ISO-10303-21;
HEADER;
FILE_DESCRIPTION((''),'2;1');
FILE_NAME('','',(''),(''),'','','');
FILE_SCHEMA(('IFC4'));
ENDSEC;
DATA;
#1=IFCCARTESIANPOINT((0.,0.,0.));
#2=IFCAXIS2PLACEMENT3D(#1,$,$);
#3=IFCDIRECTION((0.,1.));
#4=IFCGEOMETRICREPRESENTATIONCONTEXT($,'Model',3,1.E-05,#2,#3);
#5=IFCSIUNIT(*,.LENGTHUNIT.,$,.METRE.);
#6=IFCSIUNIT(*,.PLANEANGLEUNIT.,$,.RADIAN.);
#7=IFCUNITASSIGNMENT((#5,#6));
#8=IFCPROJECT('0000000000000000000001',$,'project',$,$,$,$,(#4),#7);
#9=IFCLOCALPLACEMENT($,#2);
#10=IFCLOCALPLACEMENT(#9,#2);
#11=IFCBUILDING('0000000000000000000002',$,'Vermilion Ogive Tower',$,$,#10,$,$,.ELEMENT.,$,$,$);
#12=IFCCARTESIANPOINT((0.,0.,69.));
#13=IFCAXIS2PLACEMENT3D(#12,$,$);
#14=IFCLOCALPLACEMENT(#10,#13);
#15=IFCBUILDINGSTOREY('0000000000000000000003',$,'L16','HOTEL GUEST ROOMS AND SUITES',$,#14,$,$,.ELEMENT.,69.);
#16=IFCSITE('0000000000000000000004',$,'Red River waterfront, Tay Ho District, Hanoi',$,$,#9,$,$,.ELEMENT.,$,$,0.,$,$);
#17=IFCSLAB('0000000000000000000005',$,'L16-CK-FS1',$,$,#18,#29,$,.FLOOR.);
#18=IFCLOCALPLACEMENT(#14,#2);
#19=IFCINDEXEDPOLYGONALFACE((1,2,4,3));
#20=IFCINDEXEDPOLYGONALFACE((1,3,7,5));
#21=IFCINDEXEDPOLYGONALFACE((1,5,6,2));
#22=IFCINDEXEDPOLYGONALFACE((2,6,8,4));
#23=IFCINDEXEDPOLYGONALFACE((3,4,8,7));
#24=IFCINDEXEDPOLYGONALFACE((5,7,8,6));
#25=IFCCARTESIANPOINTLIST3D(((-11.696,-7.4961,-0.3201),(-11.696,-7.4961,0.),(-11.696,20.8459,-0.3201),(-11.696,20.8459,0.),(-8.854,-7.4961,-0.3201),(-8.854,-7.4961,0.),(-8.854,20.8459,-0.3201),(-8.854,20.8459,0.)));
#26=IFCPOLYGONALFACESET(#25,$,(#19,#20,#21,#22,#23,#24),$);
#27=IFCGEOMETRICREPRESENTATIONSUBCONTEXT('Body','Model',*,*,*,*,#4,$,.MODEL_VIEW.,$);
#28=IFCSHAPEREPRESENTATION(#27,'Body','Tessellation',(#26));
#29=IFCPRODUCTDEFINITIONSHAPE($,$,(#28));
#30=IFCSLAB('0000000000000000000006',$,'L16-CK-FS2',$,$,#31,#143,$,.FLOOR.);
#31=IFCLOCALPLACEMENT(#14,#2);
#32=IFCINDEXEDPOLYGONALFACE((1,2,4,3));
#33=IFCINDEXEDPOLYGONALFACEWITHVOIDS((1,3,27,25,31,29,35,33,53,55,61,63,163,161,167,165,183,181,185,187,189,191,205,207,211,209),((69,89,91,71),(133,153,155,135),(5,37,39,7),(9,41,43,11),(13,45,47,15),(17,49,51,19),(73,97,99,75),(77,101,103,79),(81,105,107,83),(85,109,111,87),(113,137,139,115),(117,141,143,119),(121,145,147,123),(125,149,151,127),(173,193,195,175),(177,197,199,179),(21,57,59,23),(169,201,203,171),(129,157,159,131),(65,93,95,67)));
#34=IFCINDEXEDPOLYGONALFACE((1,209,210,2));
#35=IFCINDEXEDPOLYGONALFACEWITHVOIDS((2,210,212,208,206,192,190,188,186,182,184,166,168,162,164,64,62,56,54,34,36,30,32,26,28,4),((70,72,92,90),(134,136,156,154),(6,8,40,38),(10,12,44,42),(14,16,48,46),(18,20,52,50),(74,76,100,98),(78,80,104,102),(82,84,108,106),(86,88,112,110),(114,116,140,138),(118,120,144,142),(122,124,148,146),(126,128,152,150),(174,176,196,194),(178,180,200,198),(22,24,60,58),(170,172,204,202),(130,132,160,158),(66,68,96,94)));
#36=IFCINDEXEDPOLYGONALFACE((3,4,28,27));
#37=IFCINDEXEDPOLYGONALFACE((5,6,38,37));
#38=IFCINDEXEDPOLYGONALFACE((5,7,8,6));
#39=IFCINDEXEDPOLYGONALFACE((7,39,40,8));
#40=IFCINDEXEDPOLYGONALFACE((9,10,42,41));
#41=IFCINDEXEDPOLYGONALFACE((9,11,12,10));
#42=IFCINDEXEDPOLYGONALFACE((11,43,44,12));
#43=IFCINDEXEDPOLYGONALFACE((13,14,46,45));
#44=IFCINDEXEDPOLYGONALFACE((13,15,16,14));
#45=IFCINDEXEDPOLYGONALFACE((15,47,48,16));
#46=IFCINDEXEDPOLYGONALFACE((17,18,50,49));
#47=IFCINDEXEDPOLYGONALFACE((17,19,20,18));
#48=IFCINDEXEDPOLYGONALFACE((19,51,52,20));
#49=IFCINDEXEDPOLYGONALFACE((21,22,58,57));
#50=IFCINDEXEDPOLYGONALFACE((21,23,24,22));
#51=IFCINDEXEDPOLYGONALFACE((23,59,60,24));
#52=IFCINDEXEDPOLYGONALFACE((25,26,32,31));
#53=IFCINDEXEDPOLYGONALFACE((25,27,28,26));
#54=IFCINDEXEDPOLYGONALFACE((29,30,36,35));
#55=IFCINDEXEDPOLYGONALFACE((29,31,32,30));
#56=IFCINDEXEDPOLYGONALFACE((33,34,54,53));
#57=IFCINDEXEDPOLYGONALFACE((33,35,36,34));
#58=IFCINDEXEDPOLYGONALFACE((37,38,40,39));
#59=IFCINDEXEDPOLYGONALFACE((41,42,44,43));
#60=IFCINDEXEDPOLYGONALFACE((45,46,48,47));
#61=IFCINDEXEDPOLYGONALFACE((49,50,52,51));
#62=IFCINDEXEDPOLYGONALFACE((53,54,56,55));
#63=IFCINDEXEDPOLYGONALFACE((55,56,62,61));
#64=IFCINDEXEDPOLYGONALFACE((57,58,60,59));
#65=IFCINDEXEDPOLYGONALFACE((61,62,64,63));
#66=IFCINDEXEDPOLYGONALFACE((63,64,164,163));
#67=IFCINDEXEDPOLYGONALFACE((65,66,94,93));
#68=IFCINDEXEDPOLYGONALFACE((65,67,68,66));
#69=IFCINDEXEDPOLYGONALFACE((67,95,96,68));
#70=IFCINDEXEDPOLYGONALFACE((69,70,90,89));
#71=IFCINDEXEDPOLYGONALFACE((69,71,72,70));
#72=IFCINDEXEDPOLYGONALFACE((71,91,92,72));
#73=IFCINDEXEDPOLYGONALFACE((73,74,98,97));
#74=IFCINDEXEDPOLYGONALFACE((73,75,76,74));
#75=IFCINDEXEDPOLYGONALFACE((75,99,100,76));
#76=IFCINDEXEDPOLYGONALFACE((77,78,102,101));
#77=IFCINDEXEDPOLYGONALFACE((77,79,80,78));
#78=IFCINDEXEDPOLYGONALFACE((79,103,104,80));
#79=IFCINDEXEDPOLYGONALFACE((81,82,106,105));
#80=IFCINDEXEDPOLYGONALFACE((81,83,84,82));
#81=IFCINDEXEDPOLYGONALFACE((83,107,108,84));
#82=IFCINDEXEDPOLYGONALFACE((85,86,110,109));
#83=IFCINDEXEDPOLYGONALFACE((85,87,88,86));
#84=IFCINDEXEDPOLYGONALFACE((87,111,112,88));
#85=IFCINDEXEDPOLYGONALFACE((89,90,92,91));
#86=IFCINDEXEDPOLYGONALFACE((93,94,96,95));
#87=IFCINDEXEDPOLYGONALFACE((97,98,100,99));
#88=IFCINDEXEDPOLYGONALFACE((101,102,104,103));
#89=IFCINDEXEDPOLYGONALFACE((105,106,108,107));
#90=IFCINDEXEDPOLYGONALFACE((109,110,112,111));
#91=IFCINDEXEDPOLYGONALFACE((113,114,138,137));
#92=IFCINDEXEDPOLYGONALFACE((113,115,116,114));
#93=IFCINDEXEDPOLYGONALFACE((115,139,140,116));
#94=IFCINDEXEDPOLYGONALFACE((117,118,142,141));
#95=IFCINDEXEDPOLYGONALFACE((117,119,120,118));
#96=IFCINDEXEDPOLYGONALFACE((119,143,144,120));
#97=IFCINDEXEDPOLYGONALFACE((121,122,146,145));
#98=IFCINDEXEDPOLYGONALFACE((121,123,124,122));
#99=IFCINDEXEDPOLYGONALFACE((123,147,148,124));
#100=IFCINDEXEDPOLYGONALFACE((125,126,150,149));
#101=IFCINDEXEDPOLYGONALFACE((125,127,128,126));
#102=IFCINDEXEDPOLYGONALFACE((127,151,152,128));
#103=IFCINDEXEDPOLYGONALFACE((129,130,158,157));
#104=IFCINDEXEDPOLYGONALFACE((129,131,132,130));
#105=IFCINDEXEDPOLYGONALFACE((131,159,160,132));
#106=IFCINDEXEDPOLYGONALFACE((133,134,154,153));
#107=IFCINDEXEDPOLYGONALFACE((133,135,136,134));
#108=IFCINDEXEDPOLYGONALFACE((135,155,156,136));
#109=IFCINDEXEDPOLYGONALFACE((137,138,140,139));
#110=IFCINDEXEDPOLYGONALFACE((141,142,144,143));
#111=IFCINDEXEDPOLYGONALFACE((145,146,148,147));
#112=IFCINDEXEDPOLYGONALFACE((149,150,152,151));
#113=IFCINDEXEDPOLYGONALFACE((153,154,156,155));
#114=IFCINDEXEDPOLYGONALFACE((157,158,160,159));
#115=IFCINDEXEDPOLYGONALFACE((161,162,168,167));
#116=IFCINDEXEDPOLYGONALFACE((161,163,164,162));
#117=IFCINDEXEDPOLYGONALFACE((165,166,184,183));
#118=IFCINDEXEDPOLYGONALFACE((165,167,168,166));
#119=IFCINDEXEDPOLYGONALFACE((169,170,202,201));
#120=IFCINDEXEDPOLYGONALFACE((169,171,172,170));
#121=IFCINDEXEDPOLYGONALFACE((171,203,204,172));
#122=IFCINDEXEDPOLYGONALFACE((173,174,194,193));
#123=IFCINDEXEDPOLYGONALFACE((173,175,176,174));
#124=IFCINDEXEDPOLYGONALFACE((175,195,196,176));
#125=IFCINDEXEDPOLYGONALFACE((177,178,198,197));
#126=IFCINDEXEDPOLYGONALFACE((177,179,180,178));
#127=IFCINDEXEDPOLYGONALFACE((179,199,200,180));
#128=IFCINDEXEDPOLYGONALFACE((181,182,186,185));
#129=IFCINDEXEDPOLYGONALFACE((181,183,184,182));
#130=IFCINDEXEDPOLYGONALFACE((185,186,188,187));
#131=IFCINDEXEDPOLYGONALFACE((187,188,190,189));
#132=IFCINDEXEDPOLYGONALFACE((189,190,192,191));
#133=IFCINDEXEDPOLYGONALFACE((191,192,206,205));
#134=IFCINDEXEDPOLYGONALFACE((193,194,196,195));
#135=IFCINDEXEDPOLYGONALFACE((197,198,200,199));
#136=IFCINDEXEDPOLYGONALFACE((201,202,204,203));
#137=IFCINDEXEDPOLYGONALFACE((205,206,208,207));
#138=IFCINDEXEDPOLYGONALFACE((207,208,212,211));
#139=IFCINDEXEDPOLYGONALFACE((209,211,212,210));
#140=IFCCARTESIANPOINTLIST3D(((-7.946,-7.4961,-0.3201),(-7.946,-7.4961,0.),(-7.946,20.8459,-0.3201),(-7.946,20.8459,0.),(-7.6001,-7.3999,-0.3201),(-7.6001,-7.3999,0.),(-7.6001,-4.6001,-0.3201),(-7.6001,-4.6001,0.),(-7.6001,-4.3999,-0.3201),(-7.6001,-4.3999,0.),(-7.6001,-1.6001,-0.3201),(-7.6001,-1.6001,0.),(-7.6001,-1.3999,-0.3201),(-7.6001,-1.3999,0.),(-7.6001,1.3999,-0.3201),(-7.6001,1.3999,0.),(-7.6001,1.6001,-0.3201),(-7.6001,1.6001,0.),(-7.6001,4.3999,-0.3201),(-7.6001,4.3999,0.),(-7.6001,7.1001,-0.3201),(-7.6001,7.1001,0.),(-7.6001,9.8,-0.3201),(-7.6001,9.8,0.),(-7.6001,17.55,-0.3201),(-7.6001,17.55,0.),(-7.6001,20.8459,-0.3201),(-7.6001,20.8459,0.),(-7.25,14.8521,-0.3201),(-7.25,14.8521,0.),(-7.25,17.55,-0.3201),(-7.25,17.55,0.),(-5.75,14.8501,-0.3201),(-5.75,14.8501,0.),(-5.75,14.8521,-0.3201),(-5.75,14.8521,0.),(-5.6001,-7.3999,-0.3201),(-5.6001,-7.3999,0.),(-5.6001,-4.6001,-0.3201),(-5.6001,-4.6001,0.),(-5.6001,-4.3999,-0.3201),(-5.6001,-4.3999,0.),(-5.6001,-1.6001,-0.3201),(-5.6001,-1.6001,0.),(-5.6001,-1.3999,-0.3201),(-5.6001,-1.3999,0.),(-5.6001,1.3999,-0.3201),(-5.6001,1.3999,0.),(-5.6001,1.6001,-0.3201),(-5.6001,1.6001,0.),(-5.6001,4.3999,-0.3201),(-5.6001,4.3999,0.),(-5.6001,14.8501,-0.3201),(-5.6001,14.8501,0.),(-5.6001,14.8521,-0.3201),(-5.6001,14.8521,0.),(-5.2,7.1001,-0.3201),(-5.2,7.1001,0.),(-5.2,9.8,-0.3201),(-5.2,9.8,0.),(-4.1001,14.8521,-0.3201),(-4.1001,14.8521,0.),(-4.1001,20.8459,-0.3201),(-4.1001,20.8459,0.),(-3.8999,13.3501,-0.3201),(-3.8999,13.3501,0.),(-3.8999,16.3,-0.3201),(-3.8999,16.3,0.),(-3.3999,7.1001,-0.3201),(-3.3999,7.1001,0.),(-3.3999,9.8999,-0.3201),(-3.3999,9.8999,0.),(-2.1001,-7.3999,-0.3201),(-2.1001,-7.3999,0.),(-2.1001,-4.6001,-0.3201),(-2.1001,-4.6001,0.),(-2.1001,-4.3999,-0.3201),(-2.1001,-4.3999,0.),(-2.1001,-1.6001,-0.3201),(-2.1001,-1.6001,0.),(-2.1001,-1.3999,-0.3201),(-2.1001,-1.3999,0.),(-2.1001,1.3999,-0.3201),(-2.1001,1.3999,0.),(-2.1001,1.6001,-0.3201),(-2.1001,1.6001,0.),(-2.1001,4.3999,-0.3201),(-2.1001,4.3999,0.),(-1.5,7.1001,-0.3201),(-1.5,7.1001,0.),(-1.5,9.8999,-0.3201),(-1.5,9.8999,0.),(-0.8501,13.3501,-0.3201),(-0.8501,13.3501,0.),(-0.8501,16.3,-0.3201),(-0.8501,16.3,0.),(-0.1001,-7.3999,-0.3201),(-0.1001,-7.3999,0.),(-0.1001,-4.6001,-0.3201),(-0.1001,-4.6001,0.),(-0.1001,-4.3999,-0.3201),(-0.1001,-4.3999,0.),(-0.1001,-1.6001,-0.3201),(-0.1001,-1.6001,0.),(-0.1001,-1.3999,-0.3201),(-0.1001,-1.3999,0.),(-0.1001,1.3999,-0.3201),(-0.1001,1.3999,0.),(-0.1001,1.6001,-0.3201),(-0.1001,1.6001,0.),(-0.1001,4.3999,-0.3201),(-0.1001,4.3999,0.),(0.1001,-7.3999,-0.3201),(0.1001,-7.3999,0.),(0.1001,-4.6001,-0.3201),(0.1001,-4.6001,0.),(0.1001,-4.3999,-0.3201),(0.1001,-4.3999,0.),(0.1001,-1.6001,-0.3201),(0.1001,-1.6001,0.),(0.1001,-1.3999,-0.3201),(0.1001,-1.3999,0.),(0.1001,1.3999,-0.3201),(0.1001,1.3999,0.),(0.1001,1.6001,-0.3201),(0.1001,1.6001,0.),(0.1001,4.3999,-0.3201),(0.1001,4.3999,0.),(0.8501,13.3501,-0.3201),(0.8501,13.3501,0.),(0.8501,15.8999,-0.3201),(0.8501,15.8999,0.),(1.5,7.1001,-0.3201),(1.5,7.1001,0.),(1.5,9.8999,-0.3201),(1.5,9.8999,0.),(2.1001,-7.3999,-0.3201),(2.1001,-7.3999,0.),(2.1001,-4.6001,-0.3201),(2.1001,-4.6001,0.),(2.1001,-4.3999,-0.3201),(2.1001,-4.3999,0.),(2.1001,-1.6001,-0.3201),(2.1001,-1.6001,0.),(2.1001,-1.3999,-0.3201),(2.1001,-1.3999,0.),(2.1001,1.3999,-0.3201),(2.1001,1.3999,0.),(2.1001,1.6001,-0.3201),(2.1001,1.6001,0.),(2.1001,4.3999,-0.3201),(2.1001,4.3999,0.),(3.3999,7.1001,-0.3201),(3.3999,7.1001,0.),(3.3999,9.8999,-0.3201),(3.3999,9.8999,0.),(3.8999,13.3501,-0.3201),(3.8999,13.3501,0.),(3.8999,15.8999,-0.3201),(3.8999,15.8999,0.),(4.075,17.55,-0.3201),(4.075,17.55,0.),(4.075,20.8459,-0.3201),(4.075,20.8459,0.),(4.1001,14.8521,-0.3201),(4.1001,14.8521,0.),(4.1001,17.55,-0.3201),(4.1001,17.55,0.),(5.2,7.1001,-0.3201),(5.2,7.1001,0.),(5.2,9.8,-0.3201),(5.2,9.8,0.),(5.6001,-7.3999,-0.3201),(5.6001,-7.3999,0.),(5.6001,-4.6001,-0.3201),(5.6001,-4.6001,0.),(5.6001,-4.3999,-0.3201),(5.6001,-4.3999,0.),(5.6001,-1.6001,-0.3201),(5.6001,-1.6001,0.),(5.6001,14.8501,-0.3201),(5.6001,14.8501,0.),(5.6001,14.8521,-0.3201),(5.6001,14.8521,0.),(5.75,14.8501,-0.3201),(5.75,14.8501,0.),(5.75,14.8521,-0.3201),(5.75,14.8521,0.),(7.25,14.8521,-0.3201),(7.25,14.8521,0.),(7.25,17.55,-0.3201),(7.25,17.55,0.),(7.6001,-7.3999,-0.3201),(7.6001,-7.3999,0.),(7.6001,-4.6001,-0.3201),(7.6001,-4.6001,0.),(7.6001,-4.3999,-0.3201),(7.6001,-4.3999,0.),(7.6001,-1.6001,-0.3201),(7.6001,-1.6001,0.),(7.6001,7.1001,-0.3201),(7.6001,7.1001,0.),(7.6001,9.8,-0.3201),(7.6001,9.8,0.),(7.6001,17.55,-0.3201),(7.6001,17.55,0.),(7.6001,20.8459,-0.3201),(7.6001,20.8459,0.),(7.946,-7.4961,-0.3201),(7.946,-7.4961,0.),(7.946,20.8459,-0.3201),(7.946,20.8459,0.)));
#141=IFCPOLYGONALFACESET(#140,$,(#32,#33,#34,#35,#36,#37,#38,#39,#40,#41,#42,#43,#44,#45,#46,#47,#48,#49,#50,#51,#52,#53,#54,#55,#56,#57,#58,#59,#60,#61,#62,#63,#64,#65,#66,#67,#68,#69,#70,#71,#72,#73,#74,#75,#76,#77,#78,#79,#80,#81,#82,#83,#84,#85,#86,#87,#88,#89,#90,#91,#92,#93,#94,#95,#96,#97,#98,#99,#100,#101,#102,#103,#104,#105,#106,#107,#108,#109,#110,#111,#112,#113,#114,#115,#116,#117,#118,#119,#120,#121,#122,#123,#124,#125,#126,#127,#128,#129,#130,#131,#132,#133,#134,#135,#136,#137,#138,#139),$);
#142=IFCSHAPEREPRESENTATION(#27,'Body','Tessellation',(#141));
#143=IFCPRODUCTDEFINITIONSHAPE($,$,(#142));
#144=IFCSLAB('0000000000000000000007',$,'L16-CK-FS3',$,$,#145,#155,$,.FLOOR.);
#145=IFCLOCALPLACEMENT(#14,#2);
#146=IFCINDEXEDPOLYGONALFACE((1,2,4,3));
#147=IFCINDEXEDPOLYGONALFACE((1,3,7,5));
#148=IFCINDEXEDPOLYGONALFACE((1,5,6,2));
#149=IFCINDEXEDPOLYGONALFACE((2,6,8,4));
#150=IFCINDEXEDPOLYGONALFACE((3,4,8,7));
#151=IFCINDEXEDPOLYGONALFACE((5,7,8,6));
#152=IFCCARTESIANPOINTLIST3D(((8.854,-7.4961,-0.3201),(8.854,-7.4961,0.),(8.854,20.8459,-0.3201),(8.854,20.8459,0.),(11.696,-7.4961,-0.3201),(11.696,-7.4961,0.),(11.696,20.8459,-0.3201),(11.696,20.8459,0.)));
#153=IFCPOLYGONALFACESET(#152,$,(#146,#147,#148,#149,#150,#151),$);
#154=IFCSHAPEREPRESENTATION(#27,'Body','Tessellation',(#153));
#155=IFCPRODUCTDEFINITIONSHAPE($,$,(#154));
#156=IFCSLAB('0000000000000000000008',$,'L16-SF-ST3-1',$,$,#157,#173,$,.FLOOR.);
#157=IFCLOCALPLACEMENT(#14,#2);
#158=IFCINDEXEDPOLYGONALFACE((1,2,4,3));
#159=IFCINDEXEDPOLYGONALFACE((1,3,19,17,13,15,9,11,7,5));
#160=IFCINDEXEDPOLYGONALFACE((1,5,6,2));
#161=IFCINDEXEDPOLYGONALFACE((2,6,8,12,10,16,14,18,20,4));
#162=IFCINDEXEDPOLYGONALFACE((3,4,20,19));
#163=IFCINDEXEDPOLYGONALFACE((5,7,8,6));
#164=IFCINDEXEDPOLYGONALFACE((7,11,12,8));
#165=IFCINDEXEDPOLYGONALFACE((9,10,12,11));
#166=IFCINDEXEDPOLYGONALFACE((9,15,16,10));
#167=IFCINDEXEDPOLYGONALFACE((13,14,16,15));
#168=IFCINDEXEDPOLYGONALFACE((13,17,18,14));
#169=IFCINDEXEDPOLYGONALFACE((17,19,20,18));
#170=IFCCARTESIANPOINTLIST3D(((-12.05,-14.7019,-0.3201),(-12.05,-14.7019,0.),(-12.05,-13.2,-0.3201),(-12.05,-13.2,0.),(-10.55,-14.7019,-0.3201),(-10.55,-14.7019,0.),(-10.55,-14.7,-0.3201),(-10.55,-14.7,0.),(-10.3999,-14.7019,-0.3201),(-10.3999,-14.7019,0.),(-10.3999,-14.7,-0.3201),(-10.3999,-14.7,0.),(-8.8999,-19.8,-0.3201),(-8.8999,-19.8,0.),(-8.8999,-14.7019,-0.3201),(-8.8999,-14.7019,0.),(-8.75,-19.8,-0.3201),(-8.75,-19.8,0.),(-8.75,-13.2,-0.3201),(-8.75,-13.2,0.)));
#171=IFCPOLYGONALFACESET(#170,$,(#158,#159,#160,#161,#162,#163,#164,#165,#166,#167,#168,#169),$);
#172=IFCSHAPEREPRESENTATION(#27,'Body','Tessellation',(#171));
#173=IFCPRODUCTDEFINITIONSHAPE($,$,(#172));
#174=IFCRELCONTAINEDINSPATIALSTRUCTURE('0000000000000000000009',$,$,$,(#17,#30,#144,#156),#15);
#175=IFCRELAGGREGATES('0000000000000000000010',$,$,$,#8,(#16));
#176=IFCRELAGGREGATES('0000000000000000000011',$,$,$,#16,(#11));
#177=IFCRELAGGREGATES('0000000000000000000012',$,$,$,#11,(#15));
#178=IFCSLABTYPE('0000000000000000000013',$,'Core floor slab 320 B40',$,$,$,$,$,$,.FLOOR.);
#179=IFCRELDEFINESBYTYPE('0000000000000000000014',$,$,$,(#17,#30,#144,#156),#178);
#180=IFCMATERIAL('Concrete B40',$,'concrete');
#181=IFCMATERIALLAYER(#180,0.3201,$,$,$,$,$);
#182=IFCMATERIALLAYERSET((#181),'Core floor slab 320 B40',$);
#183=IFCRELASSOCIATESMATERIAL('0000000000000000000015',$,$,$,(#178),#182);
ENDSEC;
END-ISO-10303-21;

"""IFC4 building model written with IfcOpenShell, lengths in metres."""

from ifc_helpers import new_model, si_unit, direction, frame, origin, place, context, subcontext, project, spatial, polyline, outline, extrude, material, layer, layer_set, type_object, element, save


model = new_model("IFC4")

# Units and contexts
model_context = context("Model", 3, precision=1e-05, world=origin(), true_north=direction((0.0, 1.0)))
body_context = subcontext(model_context, "Body", "Model", "MODEL_VIEW")
ifc_project = project(units=[si_unit("LENGTHUNIT", "METRE"), si_unit("PLANEANGLEUNIT", "RADIAN")], contexts=[model_context])

# Site, building, storey
site_placement = place(None, origin())
site = spatial("IfcSite", under=ifc_project, at=site_placement, Name="Red River waterfront, Tay Ho District, Hanoi", CompositionType="ELEMENT", RefElevation=0.0)
building_placement = place(site_placement, origin())
building = spatial("IfcBuilding", under=site, at=building_placement, Name="Vermilion Ogive Tower", CompositionType="ELEMENT")
storey_placement = place(building_placement, frame((0.0, 0.0, 69.0)))
storey = spatial("IfcBuildingStorey", under=building, at=storey_placement, Name="L16", Description="HOTEL GUEST ROOMS AND SUITES", CompositionType="ELEMENT", Elevation=69.0)

# Slabs
ifc_material_1 = material(Name="Concrete B40", Category="concrete")
ifc_layer_1 = layer(ifc_material_1, 0.3201)
ifc_layer_set_1 = layer_set([ifc_layer_1], Name="Core floor slab 320 B40")
slab_type_1 = type_object("IfcSlabType", Name="Core floor slab 320 B40", PredefinedType="FLOOR", material=ifc_layer_set_1)
slab_1_placement = place(storey_placement, frame((0.0, 0.0, -0.3201)))
element("IfcSlab", 1, at=slab_1_placement, inside=storey, type_object=slab_type_1, Name="L16-CK-FS1", PredefinedType="FLOOR", context=body_context, shape_type="SweptSolid", body=[
    extrude(outline(polyline([(-8.854, -7.4961), (-11.696, -7.4961), (-11.696, 20.8459), (-8.854, 20.8459), (-8.854, -7.4961)])), origin(), (0.0, 0.0, 1.0), 0.3201),
])
slab_2_placement = place(storey_placement, frame((0.0, 0.0, -0.3201)))
element("IfcSlab", 2, at=slab_2_placement, inside=storey, type_object=slab_type_1, Name="L16-CK-FS2", PredefinedType="FLOOR", context=body_context, shape_type="SweptSolid", body=[
    extrude(outline(polyline([(5.75, 14.8501), (5.6001, 14.8501), (5.6001, 14.8521), (4.1001, 14.8521), (4.1001, 17.55), (4.075, 17.55), (4.075, 20.8459), (-4.1001, 20.8459), (-4.1001, 14.8521), (-5.6001, 14.8521), (-5.6001, 14.8501), (-5.75, 14.8501), (-5.75, 14.8521), (-7.25, 14.8521), (-7.25, 17.55), (-7.6001, 17.55), (-7.6001, 20.8459), (-7.946, 20.8459), (-7.946, -7.4961), (7.946, -7.4961), (7.946, 20.8459), (7.6001, 20.8459), (7.6001, 17.55), (7.25, 17.55), (7.25, 14.8521), (5.75, 14.8521), (5.75, 14.8501)]), holes=[polyline([(-7.6001, -4.6001), (-5.6001, -4.6001), (-5.6001, -7.3999), (-7.6001, -7.3999), (-7.6001, -4.6001)]), polyline([(-2.1001, -4.6001), (-0.1001, -4.6001), (-0.1001, -7.3999), (-2.1001, -7.3999), (-2.1001, -4.6001)]), polyline([(-7.6001, -4.3999), (-7.6001, -1.6001), (-5.6001, -1.6001), (-5.6001, -4.3999), (-7.6001, -4.3999)]), polyline([(-2.1001, -1.6001), (-0.1001, -1.6001), (-0.1001, -4.3999), (-2.1001, -4.3999), (-2.1001, -1.6001)]), polyline([(-7.6001, -1.3999), (-7.6001, 1.3999), (-5.6001, 1.3999), (-5.6001, -1.3999), (-7.6001, -1.3999)]), polyline([(-2.1001, 1.3999), (-0.1001, 1.3999), (-0.1001, -1.3999), (-2.1001, -1.3999), (-2.1001, 1.3999)]), polyline([(-7.6001, 4.3999), (-5.6001, 4.3999), (-5.6001, 1.6001), (-7.6001, 1.6001), (-7.6001, 4.3999)]), polyline([(-2.1001, 4.3999), (-0.1001, 4.3999), (-0.1001, 1.6001), (-2.1001, 1.6001), (-2.1001, 4.3999)]), polyline([(-7.6001, 9.8), (-5.2, 9.8), (-5.2, 7.1001), (-7.6001, 7.1001), (-7.6001, 9.8)]), polyline([(-3.3999, 9.8999), (-1.5, 9.8999), (-1.5, 7.1001), (-3.3999, 7.1001), (-3.3999, 9.8999)]), polyline([(-3.8999, 16.3), (-0.8501, 16.3), (-0.8501, 13.3501), (-3.8999, 13.3501), (-3.8999, 16.3)]), polyline([(0.1001, -4.6001), (2.1001, -4.6001), (2.1001, -7.3999), (0.1001, -7.3999), (0.1001, -4.6001)]), polyline([(5.6001, -4.6001), (7.6001, -4.6001), (7.6001, -7.3999), (5.6001, -7.3999), (5.6001, -4.6001)]), polyline([(0.1001, -1.6001), (2.1001, -1.6001), (2.1001, -4.3999), (0.1001, -4.3999), (0.1001, -1.6001)]), polyline([(5.6001, -1.6001), (7.6001, -1.6001), (7.6001, -4.3999), (5.6001, -4.3999), (5.6001, -1.6001)]), polyline([(0.1001, 1.3999), (2.1001, 1.3999), (2.1001, -1.3999), (0.1001, -1.3999), (0.1001, 1.3999)]), polyline([(0.1001, 4.3999), (2.1001, 4.3999), (2.1001, 1.6001), (0.1001, 1.6001), (0.1001, 4.3999)]), polyline([(5.2, 9.8), (7.6001, 9.8), (7.6001, 7.1001), (5.2, 7.1001), (5.2, 9.8)]), polyline([(1.5, 9.8999), (3.3999, 9.8999), (3.3999, 7.1001), (1.5, 7.1001), (1.5, 9.8999)]), polyline([(0.8501, 15.8999), (3.8999, 15.8999), (3.8999, 13.3501), (0.8501, 13.3501), (0.8501, 15.8999)])]), origin(), (0.0, 0.0, 1.0), 0.3201),
])
slab_3_placement = place(storey_placement, frame((0.0, 0.0, -0.3201)))
element("IfcSlab", 3, at=slab_3_placement, inside=storey, type_object=slab_type_1, Name="L16-CK-FS3", PredefinedType="FLOOR", context=body_context, shape_type="SweptSolid", body=[
    extrude(outline(polyline([(8.854, 20.8459), (11.696, 20.8459), (11.696, -7.4961), (8.854, -7.4961), (8.854, 20.8459)])), origin(), (0.0, 0.0, 1.0), 0.3201),
])
slab_4_placement = place(storey_placement, frame((0.0, 0.0, -0.3201)))
element("IfcSlab", 4, at=slab_4_placement, inside=storey, type_object=slab_type_1, Name="L16-SF-ST3-1", PredefinedType="FLOOR", context=body_context, shape_type="SweptSolid", body=[
    extrude(outline(polyline([(-12.05, -13.2), (-12.05, -14.7019), (-10.55, -14.7019), (-10.55, -14.7), (-10.3999, -14.7), (-10.3999, -14.7019), (-8.8999, -14.7019), (-8.8999, -19.8), (-8.75, -19.8), (-8.75, -13.2), (-12.05, -13.2)])), origin(), (0.0, 0.0, 1.0), 0.3201),
])

save(model, "model.ifc")
